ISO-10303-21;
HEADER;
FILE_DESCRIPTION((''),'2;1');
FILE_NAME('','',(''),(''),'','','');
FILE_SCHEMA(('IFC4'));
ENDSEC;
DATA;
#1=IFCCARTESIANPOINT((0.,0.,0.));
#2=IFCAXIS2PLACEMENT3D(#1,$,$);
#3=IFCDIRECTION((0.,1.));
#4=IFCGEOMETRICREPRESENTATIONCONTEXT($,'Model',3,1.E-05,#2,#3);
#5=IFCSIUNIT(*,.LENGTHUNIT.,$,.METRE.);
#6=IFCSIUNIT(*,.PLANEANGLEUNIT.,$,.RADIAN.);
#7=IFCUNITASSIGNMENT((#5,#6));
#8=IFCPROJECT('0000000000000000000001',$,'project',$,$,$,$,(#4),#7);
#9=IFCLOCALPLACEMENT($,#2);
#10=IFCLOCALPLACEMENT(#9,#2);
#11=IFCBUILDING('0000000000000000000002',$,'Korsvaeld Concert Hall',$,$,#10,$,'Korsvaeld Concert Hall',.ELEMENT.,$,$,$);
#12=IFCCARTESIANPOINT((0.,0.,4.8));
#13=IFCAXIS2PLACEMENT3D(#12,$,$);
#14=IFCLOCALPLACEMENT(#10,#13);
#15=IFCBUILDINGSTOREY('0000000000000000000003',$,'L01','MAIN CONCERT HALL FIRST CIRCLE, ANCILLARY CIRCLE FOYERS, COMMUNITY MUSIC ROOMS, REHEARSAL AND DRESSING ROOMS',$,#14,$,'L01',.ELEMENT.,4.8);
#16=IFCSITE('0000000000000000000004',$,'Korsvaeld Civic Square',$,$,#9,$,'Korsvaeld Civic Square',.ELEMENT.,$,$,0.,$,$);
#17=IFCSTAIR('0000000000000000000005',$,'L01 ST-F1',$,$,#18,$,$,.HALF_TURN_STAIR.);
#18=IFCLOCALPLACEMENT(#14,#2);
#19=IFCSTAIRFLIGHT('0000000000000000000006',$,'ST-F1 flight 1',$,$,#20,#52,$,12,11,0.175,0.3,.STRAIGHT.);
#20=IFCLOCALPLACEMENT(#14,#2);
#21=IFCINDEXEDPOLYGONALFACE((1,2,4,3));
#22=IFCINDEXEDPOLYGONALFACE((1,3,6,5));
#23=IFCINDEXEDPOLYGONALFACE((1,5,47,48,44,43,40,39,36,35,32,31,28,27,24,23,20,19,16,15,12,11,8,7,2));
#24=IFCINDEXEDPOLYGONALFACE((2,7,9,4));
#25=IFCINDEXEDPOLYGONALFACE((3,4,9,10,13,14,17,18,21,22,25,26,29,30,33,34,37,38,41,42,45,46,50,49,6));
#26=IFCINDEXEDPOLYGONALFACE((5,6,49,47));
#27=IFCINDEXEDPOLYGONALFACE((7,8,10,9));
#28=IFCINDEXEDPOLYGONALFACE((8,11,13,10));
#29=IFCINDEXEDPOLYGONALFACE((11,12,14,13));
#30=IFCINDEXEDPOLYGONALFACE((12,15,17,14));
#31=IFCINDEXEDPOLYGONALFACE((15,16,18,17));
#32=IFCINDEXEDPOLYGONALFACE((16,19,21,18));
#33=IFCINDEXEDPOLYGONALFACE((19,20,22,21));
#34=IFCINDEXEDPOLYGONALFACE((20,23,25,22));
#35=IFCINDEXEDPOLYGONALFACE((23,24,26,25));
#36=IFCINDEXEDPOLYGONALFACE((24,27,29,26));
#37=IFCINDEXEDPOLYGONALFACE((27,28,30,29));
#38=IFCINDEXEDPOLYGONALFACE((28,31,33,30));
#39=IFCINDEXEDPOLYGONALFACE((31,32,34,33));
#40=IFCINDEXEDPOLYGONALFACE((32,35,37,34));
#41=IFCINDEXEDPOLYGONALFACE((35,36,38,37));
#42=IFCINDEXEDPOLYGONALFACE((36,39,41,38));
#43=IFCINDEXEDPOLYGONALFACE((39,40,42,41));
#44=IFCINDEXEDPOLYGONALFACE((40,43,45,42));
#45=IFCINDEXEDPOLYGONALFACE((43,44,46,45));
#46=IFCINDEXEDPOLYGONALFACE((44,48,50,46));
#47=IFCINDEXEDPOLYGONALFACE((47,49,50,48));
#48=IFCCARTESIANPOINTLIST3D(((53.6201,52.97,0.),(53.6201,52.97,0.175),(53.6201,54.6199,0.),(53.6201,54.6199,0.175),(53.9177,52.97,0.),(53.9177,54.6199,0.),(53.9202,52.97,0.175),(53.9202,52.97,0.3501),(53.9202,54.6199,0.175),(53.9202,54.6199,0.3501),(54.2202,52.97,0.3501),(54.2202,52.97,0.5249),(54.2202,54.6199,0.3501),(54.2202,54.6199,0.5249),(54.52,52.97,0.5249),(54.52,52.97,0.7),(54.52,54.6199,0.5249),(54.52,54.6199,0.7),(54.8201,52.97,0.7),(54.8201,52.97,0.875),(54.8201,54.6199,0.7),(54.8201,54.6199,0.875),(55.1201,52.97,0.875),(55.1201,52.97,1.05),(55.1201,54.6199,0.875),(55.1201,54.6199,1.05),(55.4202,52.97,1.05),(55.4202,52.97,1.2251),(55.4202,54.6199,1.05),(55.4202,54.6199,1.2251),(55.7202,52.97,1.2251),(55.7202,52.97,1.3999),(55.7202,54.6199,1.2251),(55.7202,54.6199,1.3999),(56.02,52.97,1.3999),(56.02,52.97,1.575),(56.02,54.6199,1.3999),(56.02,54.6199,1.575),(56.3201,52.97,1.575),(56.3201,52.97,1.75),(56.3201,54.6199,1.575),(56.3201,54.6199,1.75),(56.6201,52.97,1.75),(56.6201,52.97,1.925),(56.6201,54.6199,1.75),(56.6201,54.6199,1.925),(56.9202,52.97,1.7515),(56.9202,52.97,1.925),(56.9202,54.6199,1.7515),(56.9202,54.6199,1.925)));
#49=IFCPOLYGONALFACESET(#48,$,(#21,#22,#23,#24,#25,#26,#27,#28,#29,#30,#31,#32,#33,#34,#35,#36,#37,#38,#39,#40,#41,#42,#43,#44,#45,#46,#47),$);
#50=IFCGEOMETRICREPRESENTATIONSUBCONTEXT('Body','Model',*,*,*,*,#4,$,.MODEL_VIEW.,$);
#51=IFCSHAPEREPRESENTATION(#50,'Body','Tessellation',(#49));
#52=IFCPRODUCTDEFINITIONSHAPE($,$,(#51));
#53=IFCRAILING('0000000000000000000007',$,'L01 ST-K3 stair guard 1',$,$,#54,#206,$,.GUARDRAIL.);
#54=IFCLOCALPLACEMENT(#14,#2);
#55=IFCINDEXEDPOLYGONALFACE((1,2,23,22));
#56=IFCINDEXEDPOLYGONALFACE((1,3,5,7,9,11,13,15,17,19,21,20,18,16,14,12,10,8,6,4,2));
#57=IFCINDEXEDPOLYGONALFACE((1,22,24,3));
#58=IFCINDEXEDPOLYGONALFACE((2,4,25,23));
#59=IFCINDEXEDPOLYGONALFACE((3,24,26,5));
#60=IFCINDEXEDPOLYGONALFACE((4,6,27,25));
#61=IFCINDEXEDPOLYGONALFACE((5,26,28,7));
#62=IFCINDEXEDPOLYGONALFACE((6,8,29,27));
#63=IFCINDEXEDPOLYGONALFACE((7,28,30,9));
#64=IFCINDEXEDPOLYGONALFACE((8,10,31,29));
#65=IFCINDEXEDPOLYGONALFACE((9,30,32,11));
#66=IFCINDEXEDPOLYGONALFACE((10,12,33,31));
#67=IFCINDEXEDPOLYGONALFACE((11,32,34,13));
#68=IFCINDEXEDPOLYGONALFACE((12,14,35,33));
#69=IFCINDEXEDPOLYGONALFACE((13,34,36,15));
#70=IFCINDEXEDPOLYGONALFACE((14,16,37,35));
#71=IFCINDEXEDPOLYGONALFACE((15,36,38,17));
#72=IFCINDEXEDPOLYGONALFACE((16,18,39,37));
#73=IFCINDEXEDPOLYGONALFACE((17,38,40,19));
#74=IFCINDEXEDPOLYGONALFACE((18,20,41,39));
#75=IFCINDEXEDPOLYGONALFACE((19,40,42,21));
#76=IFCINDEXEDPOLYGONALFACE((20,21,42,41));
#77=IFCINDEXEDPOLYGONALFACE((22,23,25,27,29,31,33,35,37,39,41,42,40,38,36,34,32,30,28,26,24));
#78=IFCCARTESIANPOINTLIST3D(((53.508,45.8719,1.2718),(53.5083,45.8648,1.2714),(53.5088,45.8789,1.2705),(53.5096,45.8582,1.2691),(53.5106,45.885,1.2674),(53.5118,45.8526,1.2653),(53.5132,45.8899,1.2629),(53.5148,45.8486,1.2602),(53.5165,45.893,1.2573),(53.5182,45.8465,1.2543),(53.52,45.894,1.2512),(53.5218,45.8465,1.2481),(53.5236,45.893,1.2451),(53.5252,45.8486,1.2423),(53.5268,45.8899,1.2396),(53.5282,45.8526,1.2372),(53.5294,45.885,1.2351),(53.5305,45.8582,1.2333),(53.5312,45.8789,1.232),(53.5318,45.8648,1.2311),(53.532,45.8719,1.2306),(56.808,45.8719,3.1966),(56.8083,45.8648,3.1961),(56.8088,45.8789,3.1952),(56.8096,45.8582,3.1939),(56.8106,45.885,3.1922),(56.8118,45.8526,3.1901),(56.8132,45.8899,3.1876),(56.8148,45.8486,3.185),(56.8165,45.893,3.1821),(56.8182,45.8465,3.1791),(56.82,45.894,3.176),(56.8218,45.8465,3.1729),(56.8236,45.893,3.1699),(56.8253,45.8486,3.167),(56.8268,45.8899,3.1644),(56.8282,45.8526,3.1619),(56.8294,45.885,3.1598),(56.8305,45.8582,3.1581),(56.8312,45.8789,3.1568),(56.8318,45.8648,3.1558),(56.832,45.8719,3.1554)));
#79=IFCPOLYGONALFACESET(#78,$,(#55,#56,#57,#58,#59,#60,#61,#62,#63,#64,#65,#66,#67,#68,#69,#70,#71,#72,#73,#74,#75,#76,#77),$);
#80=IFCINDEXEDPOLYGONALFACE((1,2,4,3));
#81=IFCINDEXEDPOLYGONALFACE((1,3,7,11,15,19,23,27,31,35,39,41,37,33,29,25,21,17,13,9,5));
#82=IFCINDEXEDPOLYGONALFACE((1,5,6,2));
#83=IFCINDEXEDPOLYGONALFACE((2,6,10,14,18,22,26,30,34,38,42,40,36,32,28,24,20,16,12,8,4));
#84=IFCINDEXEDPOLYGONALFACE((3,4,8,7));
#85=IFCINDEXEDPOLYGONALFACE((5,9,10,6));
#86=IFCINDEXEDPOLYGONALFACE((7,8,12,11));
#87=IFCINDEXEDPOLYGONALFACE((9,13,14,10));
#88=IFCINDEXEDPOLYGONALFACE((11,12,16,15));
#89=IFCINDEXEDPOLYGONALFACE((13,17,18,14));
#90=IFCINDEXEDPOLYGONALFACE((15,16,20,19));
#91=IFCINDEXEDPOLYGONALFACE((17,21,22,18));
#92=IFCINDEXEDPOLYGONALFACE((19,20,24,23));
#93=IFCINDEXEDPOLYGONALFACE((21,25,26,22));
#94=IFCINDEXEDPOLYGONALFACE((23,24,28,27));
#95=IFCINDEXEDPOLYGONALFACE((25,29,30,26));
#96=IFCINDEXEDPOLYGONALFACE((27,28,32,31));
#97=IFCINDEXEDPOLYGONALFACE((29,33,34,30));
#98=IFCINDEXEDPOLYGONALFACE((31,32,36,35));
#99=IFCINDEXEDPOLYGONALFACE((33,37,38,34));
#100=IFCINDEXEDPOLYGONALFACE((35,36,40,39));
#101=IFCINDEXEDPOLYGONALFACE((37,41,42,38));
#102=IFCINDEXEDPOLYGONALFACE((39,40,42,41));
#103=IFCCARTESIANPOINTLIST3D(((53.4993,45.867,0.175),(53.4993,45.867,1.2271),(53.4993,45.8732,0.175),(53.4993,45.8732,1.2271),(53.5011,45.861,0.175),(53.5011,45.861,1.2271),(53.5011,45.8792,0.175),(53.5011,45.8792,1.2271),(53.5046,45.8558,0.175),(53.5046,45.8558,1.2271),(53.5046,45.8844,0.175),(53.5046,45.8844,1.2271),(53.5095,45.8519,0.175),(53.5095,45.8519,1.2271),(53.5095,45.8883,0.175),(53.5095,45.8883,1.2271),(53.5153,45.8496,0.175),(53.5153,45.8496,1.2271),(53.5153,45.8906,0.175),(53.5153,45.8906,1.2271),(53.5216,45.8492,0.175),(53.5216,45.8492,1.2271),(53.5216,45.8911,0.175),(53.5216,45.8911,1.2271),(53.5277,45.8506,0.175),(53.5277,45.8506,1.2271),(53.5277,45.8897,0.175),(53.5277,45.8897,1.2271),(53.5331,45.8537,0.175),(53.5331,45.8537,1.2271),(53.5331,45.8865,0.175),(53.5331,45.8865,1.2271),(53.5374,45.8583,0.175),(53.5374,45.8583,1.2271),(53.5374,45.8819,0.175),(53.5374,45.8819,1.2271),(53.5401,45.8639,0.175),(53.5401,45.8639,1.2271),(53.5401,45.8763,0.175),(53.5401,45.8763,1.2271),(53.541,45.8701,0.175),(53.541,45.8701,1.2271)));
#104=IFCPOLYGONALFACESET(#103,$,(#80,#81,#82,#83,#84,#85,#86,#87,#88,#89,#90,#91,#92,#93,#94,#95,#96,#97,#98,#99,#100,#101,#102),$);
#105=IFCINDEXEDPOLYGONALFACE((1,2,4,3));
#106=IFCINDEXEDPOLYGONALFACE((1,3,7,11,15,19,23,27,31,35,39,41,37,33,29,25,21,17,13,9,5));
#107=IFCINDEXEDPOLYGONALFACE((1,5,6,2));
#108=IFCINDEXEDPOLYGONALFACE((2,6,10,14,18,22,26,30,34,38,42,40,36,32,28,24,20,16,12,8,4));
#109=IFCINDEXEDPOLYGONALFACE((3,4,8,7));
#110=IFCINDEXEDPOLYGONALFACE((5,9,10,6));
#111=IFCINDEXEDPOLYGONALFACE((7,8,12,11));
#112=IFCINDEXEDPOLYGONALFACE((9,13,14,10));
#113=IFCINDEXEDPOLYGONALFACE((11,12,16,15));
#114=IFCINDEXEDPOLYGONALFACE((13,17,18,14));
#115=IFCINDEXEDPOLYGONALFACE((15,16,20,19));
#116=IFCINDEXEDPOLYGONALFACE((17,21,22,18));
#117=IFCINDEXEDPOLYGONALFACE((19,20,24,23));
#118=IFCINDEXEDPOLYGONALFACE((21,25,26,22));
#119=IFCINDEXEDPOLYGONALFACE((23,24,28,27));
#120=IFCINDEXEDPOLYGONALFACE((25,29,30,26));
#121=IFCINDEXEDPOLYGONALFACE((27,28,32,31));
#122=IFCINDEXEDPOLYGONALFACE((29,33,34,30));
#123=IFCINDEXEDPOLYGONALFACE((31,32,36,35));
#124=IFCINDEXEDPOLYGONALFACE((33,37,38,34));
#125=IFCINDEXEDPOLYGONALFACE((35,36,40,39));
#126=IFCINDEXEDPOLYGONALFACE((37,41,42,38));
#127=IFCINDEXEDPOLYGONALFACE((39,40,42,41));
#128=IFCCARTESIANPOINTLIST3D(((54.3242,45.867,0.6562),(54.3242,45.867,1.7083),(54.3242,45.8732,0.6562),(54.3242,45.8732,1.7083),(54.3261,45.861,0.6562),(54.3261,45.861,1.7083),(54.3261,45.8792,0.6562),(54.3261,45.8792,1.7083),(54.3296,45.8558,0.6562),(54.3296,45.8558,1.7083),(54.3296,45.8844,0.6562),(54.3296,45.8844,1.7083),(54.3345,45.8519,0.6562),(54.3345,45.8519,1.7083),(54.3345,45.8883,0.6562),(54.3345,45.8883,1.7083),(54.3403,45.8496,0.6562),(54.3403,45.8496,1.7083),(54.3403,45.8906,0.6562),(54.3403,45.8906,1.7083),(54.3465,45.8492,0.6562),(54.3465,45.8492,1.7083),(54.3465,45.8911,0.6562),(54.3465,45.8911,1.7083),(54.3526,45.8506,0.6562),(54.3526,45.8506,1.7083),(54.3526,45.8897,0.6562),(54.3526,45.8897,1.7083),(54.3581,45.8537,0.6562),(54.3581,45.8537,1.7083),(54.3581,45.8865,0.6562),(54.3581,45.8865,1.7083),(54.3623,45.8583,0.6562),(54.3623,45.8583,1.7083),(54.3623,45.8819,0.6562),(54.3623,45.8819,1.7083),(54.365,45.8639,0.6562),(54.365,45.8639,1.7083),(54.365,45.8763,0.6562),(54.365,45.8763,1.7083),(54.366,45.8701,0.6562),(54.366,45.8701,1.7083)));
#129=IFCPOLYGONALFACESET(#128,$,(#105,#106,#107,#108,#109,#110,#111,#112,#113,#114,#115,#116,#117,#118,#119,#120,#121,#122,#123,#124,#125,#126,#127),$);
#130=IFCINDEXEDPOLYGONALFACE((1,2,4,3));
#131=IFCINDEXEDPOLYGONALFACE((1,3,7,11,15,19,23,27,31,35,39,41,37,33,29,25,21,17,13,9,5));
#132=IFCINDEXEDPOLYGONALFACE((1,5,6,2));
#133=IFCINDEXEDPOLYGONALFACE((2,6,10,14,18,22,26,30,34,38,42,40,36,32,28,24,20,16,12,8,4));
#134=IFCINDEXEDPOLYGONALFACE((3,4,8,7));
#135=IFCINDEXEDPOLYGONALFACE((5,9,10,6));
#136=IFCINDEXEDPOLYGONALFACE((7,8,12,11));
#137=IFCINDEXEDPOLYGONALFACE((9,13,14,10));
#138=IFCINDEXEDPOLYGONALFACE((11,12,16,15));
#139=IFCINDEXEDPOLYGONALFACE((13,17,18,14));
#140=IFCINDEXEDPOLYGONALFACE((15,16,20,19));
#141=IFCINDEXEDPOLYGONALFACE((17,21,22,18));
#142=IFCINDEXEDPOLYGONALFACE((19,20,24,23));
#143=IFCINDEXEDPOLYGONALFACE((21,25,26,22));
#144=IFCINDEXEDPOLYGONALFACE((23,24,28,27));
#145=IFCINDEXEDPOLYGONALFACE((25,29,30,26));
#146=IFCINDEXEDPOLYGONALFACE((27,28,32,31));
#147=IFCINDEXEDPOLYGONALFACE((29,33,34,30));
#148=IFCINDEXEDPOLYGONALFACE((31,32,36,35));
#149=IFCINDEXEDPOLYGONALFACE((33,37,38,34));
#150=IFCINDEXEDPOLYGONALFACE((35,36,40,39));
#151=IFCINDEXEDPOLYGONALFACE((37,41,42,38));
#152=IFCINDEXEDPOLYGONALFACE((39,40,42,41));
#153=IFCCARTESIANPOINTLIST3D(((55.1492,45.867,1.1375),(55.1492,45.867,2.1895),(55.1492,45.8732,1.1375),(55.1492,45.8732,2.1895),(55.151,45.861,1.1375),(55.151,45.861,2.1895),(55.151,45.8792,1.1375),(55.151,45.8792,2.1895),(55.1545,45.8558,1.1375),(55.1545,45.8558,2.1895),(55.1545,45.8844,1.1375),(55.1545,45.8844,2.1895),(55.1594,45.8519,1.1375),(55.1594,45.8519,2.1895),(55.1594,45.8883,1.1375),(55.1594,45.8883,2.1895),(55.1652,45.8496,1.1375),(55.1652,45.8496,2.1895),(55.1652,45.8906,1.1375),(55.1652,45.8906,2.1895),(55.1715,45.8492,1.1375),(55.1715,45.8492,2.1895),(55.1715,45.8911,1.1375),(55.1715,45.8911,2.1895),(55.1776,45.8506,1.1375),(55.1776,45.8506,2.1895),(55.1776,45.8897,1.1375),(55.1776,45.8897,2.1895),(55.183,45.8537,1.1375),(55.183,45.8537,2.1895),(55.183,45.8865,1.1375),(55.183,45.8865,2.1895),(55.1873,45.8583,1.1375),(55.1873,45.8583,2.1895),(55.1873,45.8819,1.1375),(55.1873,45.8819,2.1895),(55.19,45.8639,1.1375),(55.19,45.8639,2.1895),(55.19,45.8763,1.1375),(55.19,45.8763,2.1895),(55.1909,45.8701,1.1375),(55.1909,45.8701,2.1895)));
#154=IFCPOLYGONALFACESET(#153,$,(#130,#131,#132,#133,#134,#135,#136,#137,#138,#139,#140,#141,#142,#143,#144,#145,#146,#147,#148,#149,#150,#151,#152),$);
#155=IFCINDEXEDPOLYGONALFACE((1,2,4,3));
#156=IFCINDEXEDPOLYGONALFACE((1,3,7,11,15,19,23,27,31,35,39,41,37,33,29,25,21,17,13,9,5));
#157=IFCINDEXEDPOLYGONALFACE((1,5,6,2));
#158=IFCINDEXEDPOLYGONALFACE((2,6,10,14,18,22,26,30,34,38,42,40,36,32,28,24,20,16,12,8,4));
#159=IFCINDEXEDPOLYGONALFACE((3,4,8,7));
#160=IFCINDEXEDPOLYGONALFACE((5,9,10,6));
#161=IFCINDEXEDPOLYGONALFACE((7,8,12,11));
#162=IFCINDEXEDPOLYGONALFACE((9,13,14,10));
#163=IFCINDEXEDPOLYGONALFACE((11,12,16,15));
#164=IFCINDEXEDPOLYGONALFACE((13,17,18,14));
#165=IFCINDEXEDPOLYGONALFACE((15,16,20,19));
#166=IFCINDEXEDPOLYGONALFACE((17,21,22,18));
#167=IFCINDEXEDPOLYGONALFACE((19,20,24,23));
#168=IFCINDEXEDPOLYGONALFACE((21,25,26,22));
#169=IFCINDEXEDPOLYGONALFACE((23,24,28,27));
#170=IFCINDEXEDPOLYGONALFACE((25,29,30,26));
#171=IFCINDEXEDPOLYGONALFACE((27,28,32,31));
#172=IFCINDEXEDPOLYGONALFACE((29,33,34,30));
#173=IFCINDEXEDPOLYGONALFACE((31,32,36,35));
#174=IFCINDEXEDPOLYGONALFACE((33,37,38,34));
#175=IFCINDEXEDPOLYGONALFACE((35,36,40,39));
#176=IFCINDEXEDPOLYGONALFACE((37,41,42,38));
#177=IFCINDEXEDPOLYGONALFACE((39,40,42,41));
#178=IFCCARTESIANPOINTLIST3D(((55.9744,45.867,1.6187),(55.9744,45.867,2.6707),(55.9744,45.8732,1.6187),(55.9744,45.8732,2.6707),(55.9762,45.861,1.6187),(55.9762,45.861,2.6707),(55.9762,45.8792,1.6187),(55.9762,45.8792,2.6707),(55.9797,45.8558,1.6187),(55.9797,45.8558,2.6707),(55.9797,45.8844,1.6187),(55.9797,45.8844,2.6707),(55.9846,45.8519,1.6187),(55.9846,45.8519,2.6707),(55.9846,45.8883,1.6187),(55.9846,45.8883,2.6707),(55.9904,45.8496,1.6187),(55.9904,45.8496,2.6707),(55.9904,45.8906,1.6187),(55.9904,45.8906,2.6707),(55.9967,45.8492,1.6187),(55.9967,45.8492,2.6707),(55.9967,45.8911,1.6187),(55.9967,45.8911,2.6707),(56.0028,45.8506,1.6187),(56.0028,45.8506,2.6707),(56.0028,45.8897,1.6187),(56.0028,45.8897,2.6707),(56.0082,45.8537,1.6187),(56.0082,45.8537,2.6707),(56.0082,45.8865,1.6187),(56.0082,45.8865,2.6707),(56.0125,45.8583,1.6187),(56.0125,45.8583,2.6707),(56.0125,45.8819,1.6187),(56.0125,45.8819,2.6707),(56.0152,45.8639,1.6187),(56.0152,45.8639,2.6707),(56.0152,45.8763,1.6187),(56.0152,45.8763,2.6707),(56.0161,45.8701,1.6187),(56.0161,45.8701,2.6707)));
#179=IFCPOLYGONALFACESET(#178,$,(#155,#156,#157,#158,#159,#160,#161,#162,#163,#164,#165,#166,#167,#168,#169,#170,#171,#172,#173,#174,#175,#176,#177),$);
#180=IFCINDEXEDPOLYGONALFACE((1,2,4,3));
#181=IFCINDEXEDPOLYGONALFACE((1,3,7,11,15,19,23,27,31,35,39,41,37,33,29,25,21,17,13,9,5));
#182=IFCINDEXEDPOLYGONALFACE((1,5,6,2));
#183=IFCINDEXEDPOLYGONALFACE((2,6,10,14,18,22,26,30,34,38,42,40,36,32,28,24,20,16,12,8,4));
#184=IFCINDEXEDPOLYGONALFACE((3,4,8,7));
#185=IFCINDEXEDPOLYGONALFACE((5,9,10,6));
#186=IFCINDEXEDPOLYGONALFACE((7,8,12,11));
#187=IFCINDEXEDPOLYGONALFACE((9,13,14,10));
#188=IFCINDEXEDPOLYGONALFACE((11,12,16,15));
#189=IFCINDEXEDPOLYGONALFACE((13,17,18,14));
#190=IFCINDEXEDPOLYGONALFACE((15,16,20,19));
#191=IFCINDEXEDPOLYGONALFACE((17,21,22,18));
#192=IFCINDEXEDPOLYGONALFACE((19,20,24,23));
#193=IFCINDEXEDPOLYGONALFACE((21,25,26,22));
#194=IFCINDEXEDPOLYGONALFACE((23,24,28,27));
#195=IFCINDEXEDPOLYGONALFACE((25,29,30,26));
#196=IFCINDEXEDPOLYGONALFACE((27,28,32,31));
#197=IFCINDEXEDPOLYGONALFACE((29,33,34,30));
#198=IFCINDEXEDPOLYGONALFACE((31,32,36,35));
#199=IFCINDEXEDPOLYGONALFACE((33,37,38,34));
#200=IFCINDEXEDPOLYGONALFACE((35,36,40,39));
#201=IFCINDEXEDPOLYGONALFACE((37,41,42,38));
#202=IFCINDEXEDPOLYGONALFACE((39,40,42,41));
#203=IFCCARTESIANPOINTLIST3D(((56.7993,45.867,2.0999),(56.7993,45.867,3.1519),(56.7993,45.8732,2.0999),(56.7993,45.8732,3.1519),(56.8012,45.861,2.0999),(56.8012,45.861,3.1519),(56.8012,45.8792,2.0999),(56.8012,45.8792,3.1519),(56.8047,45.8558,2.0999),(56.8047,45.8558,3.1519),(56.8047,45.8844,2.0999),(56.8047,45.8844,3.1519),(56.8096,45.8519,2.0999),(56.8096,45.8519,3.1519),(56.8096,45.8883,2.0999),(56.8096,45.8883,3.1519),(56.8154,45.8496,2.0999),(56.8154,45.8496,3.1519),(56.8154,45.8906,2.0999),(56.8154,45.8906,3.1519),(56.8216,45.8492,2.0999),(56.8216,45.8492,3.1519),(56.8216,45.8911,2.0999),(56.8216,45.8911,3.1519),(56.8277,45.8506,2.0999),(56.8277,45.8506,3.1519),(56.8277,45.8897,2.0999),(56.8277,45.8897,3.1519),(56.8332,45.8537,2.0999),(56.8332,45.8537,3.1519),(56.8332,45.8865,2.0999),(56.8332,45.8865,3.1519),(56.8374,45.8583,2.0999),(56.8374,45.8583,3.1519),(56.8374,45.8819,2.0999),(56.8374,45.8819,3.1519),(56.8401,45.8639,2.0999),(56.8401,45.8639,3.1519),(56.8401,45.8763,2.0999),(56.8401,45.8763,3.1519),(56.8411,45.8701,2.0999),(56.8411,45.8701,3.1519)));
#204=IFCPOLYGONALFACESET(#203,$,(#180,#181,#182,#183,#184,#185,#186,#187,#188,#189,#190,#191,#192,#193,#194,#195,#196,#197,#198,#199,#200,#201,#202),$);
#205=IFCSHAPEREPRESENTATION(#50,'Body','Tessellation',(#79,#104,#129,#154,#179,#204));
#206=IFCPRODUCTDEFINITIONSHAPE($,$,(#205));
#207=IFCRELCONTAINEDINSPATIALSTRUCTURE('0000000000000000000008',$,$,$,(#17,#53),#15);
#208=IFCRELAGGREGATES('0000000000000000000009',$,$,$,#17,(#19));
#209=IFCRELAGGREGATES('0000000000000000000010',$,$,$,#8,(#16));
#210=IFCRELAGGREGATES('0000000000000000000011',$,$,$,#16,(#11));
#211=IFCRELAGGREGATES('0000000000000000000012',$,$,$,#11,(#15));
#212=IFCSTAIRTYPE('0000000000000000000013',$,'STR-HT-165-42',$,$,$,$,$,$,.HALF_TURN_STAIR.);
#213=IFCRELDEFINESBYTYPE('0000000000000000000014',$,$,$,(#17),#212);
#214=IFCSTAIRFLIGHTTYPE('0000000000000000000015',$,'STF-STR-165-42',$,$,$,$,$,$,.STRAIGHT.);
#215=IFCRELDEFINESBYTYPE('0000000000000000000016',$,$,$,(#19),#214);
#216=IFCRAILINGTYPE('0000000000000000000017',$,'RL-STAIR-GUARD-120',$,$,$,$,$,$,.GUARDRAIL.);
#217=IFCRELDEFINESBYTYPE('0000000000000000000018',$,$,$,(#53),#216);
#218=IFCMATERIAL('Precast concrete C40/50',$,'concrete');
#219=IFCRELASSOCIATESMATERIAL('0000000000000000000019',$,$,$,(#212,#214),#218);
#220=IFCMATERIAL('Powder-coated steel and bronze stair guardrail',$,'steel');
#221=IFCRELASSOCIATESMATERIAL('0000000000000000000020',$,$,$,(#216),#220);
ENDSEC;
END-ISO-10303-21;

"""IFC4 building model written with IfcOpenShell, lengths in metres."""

from ifc_helpers import new_model, si_unit, direction, frame, origin, origin_2d, place, context, subcontext, project, spatial, polyline, circle, outline, extrude, material, type_object, element, aggregate, save


model = new_model("IFC4")

# Units and contexts
model_context = context("Model", 3, precision=1e-05, world=origin(), true_north=direction((0.0, 1.0)))
body_context = subcontext(model_context, "Body", "Model", "MODEL_VIEW")
ifc_project = project(units=[si_unit("LENGTHUNIT", "METRE"), si_unit("PLANEANGLEUNIT", "RADIAN")], contexts=[model_context])

# Site, building, storey
site_placement = place(None, origin())
site = spatial("IfcSite", under=ifc_project, at=site_placement, Name="Korsvaeld Civic Square", LongName="Korsvaeld Civic Square", CompositionType="ELEMENT", RefElevation=0.0)
building_placement = place(site_placement, origin())
building = spatial("IfcBuilding", under=site, at=building_placement, Name="Korsvaeld Concert Hall", LongName="Korsvaeld Concert Hall", CompositionType="ELEMENT")
storey_placement = place(building_placement, frame((0.0, 0.0, 4.8)))
storey = spatial("IfcBuildingStorey", under=building, at=storey_placement, Name="L01", Description="MAIN CONCERT HALL FIRST CIRCLE, ANCILLARY CIRCLE FOYERS, COMMUNITY MUSIC ROOMS, REHEARSAL AND DRESSING ROOMS", LongName="L01", CompositionType="ELEMENT", Elevation=4.8)

# Shared definitions
ifc_material_1 = material(Name="Precast concrete C40/50", Category="concrete")

# Stair, stair flight
stair_type_1 = type_object("IfcStairType", Name="STR-HT-165-42", PredefinedType="HALF_TURN_STAIR", material=ifc_material_1)
stair_1_placement = place(storey_placement, origin())
stair_1 = element("IfcStair", 1, at=stair_1_placement, inside=storey, type_object=stair_type_1, Name="L01 ST-F1", PredefinedType="HALF_TURN_STAIR")
stair_flight_type_1 = type_object("IfcStairFlightType", Name="STF-STR-165-42", PredefinedType="STRAIGHT", material=ifc_material_1)
stair_flight_1_placement = place(storey_placement, frame((53.6201, 53.7949, 0.0), z_axis=(0.0, 0.0, 1.0), x_axis=(1.0, 0.0, 0.0)))
stair_flight_1 = element("IfcStairFlight", 2, at=stair_flight_1_placement, type_object=stair_flight_type_1, Name="ST-F1 flight 1", NumberOfRisers=12, NumberOfTreads=11, PredefinedType="STRAIGHT", RiserHeight=0.175, TreadLength=0.3, context=body_context, shape_type="SweptSolid", body=[
    extrude(outline(polyline([(0.0, 0.0), (0.0, 0.175), (0.3, 0.175), (0.3, 0.3501), (0.6001, 0.3501), (0.6001, 0.5249), (0.8999, 0.5249), (0.8999, 0.7), (1.2, 0.7), (1.2, 0.875), (1.5, 0.875), (1.5, 1.05), (1.8, 1.05), (1.8, 1.2251), (2.1001, 1.2251), (2.1001, 1.3999), (2.3999, 1.3999), (2.3999, 1.575), (2.7, 1.575), (2.7, 1.75), (3.0, 1.75), (3.0, 1.925), (3.3, 1.925), (3.3, 2.1001), (3.3, 1.7515), (0.2976, 0.0), (0.0, 0.0)])), frame((0.0, 0.825, 0.0), z_axis=(0.0, -1.0, 0.0), x_axis=(1.0, 0.0, 0.0)), (0.0, 0.0, 1.0), 1.6499),
])
aggregate(stair_1, [stair_flight_1])

# Railing
ifc_material_2 = material(Name="Powder-coated steel and bronze stair guardrail", Category="steel")
railing_type_1 = type_object("IfcRailingType", Name="RL-STAIR-GUARD-120", PredefinedType="GUARDRAIL", material=ifc_material_2)
railing_1_placement = place(storey_placement, frame((53.52, 45.8701, 0.175)))
element("IfcRailing", 3, at=railing_1_placement, inside=storey, type_object=railing_type_1, Name="L01 ST-K3 stair guard 1", PredefinedType="GUARDRAIL", context=body_context, shape_type="SweptSolid", body=[
    extrude(circle(Radius=0.0239, at=origin_2d()), frame((0.0, 0.0, 1.0762), z_axis=(0.863804, 0.0, 0.503827), x_axis=(0.0, 1.0, 0.0)), (0.0, 0.0, 1.0), 3.8203),
    extrude(circle(Radius=0.021, at=origin_2d()), origin(), (0.0, 0.0, 1.0), 1.052),
    extrude(circle(Radius=0.021, at=origin_2d()), frame((0.825, 0.0, 0.4812)), (0.0, 0.0, 1.0), 1.052),
    extrude(circle(Radius=0.021, at=origin_2d()), frame((1.6499, 0.0, 0.9624)), (0.0, 0.0, 1.0), 1.052),
    extrude(circle(Radius=0.021, at=origin_2d()), frame((2.4751, 0.0, 1.4436)), (0.0, 0.0, 1.0), 1.052),
    extrude(circle(Radius=0.021, at=origin_2d()), frame((3.3, 0.0, 1.9248)), (0.0, 0.0, 1.0), 1.052),
])

save(model, "model.ifc")
